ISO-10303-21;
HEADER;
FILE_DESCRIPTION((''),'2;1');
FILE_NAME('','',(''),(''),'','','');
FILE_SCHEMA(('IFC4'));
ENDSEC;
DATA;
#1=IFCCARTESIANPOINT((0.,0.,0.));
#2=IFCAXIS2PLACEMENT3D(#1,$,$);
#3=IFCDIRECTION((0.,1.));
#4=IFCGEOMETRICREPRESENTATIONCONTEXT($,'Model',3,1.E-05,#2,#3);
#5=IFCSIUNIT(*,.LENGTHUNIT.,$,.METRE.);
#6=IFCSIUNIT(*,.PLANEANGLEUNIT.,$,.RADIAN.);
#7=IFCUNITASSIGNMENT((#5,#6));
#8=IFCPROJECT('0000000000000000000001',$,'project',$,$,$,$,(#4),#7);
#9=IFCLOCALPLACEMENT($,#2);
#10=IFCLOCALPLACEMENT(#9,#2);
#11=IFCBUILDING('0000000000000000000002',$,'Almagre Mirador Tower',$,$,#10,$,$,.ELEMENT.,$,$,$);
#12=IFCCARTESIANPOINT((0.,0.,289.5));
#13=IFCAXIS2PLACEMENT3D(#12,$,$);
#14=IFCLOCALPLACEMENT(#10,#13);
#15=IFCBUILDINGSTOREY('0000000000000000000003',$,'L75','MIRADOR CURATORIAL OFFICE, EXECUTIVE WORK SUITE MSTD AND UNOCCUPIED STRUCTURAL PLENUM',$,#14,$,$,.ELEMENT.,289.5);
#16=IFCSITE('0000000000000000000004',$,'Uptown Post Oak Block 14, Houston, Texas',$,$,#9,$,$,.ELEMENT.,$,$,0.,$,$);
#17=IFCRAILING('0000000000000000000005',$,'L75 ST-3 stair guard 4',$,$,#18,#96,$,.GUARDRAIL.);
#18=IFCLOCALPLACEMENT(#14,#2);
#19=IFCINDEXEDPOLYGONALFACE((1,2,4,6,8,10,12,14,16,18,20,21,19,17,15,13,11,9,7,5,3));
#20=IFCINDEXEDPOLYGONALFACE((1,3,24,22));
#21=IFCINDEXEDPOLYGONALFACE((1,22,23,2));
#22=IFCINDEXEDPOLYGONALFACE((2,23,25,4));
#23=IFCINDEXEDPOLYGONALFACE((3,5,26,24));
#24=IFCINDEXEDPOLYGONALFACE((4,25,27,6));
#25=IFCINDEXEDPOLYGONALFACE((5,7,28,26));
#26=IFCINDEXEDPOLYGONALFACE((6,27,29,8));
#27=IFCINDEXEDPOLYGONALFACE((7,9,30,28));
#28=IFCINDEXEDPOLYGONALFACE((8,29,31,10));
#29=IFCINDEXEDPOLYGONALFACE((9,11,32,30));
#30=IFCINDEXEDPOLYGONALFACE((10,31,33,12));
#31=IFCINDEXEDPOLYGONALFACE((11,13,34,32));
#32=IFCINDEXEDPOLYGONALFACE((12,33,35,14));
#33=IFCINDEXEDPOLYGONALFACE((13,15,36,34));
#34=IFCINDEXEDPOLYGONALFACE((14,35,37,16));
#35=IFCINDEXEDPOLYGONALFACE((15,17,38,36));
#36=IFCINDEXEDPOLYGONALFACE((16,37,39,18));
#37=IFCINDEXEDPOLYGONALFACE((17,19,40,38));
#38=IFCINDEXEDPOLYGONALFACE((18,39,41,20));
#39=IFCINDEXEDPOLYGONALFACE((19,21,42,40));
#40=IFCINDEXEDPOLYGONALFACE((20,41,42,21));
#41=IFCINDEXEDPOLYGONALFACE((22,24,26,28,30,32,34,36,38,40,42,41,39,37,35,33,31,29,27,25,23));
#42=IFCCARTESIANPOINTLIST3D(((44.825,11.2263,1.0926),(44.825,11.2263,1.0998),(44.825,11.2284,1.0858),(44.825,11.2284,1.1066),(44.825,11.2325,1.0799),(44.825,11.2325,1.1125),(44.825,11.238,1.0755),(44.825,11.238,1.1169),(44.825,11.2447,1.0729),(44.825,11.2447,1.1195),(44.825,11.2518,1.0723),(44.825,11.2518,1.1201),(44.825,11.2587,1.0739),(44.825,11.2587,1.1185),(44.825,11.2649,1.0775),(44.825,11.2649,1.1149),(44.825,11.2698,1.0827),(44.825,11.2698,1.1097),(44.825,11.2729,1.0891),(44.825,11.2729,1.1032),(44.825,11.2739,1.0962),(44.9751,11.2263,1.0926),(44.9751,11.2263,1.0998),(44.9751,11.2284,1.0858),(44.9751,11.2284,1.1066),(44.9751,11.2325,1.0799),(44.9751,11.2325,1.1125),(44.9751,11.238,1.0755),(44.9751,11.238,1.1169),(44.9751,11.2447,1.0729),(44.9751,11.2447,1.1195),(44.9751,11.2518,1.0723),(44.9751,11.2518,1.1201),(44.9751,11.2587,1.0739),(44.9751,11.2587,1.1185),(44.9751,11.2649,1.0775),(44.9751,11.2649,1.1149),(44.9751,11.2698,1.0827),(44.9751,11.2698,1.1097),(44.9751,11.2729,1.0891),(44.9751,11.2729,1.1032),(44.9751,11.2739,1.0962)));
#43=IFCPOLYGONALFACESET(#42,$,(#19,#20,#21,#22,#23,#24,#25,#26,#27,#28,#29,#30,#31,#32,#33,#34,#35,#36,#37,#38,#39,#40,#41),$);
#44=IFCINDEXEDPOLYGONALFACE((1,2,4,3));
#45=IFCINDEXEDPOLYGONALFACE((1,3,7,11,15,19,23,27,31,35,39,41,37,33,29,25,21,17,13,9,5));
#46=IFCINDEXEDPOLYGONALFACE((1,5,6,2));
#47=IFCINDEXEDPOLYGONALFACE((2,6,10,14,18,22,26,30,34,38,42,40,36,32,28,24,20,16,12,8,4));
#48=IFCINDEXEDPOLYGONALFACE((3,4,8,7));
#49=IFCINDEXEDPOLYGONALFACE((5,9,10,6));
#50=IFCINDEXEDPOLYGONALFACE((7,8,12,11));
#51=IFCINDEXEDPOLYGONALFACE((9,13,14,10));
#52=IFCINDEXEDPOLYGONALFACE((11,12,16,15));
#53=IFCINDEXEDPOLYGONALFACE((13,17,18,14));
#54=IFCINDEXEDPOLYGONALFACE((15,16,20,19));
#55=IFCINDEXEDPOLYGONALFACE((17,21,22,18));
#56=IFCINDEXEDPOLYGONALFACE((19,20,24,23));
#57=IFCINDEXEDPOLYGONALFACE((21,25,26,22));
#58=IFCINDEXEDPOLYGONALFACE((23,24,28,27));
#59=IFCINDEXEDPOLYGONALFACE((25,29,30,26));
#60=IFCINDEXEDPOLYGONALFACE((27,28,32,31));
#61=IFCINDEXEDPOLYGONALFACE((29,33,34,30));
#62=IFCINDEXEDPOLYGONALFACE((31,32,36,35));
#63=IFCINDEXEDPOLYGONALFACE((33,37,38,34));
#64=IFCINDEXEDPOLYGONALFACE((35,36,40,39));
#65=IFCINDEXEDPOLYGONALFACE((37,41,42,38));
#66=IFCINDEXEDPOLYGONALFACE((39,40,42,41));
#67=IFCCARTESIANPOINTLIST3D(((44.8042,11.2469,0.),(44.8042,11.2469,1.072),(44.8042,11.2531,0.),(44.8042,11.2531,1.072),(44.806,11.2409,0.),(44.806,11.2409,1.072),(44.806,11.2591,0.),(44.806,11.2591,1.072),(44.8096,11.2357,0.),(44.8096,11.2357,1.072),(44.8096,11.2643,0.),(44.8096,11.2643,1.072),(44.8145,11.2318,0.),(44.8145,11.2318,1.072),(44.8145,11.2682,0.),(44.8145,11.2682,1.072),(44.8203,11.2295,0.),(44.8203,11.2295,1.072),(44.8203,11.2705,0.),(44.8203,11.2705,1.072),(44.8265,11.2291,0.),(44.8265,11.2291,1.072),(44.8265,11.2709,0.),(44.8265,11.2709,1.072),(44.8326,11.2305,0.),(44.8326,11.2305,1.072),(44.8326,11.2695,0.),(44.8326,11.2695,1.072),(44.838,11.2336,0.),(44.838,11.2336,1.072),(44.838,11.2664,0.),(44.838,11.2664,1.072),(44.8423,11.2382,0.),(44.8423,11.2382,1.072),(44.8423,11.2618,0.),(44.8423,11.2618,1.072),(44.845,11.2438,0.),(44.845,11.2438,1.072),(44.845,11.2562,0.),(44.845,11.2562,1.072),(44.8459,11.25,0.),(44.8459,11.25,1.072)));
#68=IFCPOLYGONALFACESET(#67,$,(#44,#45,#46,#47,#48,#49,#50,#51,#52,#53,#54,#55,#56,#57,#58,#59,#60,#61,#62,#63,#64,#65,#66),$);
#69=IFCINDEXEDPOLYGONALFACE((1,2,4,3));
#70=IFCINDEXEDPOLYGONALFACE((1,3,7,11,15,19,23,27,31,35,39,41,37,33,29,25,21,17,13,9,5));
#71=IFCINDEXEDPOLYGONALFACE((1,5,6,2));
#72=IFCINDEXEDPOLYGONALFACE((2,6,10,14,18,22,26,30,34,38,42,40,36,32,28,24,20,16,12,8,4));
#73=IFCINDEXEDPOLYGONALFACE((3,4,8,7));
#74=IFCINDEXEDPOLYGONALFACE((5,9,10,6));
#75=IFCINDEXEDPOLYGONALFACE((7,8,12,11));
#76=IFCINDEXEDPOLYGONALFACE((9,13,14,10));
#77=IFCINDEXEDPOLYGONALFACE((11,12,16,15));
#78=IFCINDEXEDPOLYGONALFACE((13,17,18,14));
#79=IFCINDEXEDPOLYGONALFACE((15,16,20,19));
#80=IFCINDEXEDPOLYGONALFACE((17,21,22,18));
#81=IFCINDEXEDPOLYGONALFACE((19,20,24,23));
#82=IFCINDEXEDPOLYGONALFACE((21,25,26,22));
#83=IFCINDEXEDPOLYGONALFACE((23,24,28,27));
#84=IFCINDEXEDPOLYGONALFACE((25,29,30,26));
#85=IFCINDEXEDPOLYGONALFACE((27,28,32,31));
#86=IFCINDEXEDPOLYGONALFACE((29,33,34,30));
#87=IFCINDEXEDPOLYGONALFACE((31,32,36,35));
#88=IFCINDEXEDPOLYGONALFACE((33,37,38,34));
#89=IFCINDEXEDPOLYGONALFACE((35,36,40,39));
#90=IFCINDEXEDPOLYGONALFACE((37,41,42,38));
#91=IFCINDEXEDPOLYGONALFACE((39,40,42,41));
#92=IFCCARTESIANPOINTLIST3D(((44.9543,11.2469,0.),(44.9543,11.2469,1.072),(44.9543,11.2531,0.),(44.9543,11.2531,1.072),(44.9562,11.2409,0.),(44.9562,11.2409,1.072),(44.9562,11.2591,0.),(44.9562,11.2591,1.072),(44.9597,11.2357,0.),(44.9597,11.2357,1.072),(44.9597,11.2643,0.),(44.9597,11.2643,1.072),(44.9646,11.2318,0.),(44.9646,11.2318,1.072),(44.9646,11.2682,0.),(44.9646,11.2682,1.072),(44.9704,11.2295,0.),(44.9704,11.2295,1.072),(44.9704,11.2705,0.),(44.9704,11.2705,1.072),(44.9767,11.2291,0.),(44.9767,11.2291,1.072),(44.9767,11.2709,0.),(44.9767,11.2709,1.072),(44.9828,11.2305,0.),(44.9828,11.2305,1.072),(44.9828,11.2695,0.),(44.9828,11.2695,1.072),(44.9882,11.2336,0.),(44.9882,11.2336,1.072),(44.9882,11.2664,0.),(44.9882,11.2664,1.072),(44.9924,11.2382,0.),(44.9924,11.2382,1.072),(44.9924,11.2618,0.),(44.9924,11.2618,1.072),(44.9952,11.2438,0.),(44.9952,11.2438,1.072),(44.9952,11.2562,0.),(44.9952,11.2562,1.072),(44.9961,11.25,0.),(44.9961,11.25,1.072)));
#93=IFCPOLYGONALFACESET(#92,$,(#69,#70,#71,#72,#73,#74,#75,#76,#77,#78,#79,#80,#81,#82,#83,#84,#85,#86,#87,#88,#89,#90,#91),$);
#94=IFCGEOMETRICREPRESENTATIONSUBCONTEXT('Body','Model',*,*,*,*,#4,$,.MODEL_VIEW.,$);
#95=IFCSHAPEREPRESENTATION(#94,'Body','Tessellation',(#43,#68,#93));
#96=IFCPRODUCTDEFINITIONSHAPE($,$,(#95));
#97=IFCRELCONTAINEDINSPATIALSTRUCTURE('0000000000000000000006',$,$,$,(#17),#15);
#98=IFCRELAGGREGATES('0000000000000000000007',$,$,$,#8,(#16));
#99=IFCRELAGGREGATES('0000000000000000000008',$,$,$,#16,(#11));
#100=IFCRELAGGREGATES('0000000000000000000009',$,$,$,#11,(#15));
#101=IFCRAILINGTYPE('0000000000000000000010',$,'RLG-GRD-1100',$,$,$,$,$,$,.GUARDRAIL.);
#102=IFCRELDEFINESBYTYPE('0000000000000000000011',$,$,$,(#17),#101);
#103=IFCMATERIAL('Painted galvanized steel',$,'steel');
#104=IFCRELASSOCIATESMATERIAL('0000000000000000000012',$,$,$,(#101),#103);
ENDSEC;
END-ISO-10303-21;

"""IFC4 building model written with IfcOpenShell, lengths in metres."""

from ifc_helpers import new_model, si_unit, direction, frame, origin, origin_2d, place, context, subcontext, project, spatial, circle, extrude, material, type_object, element, save


model = new_model("IFC4")

# Units and contexts
model_context = context("Model", 3, precision=1e-05, world=origin(), true_north=direction((0.0, 1.0)))
body_context = subcontext(model_context, "Body", "Model", "MODEL_VIEW")
ifc_project = project(units=[si_unit("LENGTHUNIT", "METRE"), si_unit("PLANEANGLEUNIT", "RADIAN")], contexts=[model_context])

# Site, building, storey
site_placement = place(None, origin())
site = spatial("IfcSite", under=ifc_project, at=site_placement, Name="Uptown Post Oak Block 14, Houston, Texas", CompositionType="ELEMENT", RefElevation=0.0)
building_placement = place(site_placement, origin())
building = spatial("IfcBuilding", under=site, at=building_placement, Name="Almagre Mirador Tower", CompositionType="ELEMENT")
storey_placement = place(building_placement, frame((0.0, 0.0, 289.5)))
storey = spatial("IfcBuildingStorey", under=building, at=storey_placement, Name="L75", Description="MIRADOR CURATORIAL OFFICE, EXECUTIVE WORK SUITE MSTD AND UNOCCUPIED STRUCTURAL PLENUM", CompositionType="ELEMENT", Elevation=289.5)

# Railing
ifc_material_1 = material(Name="Painted galvanized steel", Category="steel")
railing_type_1 = type_object("IfcRailingType", Name="RLG-GRD-1100", PredefinedType="GUARDRAIL", material=ifc_material_1)
railing_1_placement = place(storey_placement, frame((44.825, 11.25, 0.0)))
element("IfcRailing", 1, at=railing_1_placement, inside=storey, type_object=railing_type_1, Name="L75 ST-3 stair guard 4", PredefinedType="GUARDRAIL", context=body_context, shape_type="SweptSolid", body=[
    extrude(circle(Radius=0.0239, at=origin_2d()), frame((0.0, 0.0, 1.0962), z_axis=(1.0, 0.0, 0.0), x_axis=(0.0, 1.0, 0.0)), (0.0, 0.0, 1.0), 0.1501),
    extrude(circle(Radius=0.021, at=origin_2d()), origin(), (0.0, 0.0, 1.0), 1.072),
    extrude(circle(Radius=0.021, at=origin_2d()), frame((0.1501, 0.0, 0.0)), (0.0, 0.0, 1.0), 1.072),
])

save(model, "model.ifc")
